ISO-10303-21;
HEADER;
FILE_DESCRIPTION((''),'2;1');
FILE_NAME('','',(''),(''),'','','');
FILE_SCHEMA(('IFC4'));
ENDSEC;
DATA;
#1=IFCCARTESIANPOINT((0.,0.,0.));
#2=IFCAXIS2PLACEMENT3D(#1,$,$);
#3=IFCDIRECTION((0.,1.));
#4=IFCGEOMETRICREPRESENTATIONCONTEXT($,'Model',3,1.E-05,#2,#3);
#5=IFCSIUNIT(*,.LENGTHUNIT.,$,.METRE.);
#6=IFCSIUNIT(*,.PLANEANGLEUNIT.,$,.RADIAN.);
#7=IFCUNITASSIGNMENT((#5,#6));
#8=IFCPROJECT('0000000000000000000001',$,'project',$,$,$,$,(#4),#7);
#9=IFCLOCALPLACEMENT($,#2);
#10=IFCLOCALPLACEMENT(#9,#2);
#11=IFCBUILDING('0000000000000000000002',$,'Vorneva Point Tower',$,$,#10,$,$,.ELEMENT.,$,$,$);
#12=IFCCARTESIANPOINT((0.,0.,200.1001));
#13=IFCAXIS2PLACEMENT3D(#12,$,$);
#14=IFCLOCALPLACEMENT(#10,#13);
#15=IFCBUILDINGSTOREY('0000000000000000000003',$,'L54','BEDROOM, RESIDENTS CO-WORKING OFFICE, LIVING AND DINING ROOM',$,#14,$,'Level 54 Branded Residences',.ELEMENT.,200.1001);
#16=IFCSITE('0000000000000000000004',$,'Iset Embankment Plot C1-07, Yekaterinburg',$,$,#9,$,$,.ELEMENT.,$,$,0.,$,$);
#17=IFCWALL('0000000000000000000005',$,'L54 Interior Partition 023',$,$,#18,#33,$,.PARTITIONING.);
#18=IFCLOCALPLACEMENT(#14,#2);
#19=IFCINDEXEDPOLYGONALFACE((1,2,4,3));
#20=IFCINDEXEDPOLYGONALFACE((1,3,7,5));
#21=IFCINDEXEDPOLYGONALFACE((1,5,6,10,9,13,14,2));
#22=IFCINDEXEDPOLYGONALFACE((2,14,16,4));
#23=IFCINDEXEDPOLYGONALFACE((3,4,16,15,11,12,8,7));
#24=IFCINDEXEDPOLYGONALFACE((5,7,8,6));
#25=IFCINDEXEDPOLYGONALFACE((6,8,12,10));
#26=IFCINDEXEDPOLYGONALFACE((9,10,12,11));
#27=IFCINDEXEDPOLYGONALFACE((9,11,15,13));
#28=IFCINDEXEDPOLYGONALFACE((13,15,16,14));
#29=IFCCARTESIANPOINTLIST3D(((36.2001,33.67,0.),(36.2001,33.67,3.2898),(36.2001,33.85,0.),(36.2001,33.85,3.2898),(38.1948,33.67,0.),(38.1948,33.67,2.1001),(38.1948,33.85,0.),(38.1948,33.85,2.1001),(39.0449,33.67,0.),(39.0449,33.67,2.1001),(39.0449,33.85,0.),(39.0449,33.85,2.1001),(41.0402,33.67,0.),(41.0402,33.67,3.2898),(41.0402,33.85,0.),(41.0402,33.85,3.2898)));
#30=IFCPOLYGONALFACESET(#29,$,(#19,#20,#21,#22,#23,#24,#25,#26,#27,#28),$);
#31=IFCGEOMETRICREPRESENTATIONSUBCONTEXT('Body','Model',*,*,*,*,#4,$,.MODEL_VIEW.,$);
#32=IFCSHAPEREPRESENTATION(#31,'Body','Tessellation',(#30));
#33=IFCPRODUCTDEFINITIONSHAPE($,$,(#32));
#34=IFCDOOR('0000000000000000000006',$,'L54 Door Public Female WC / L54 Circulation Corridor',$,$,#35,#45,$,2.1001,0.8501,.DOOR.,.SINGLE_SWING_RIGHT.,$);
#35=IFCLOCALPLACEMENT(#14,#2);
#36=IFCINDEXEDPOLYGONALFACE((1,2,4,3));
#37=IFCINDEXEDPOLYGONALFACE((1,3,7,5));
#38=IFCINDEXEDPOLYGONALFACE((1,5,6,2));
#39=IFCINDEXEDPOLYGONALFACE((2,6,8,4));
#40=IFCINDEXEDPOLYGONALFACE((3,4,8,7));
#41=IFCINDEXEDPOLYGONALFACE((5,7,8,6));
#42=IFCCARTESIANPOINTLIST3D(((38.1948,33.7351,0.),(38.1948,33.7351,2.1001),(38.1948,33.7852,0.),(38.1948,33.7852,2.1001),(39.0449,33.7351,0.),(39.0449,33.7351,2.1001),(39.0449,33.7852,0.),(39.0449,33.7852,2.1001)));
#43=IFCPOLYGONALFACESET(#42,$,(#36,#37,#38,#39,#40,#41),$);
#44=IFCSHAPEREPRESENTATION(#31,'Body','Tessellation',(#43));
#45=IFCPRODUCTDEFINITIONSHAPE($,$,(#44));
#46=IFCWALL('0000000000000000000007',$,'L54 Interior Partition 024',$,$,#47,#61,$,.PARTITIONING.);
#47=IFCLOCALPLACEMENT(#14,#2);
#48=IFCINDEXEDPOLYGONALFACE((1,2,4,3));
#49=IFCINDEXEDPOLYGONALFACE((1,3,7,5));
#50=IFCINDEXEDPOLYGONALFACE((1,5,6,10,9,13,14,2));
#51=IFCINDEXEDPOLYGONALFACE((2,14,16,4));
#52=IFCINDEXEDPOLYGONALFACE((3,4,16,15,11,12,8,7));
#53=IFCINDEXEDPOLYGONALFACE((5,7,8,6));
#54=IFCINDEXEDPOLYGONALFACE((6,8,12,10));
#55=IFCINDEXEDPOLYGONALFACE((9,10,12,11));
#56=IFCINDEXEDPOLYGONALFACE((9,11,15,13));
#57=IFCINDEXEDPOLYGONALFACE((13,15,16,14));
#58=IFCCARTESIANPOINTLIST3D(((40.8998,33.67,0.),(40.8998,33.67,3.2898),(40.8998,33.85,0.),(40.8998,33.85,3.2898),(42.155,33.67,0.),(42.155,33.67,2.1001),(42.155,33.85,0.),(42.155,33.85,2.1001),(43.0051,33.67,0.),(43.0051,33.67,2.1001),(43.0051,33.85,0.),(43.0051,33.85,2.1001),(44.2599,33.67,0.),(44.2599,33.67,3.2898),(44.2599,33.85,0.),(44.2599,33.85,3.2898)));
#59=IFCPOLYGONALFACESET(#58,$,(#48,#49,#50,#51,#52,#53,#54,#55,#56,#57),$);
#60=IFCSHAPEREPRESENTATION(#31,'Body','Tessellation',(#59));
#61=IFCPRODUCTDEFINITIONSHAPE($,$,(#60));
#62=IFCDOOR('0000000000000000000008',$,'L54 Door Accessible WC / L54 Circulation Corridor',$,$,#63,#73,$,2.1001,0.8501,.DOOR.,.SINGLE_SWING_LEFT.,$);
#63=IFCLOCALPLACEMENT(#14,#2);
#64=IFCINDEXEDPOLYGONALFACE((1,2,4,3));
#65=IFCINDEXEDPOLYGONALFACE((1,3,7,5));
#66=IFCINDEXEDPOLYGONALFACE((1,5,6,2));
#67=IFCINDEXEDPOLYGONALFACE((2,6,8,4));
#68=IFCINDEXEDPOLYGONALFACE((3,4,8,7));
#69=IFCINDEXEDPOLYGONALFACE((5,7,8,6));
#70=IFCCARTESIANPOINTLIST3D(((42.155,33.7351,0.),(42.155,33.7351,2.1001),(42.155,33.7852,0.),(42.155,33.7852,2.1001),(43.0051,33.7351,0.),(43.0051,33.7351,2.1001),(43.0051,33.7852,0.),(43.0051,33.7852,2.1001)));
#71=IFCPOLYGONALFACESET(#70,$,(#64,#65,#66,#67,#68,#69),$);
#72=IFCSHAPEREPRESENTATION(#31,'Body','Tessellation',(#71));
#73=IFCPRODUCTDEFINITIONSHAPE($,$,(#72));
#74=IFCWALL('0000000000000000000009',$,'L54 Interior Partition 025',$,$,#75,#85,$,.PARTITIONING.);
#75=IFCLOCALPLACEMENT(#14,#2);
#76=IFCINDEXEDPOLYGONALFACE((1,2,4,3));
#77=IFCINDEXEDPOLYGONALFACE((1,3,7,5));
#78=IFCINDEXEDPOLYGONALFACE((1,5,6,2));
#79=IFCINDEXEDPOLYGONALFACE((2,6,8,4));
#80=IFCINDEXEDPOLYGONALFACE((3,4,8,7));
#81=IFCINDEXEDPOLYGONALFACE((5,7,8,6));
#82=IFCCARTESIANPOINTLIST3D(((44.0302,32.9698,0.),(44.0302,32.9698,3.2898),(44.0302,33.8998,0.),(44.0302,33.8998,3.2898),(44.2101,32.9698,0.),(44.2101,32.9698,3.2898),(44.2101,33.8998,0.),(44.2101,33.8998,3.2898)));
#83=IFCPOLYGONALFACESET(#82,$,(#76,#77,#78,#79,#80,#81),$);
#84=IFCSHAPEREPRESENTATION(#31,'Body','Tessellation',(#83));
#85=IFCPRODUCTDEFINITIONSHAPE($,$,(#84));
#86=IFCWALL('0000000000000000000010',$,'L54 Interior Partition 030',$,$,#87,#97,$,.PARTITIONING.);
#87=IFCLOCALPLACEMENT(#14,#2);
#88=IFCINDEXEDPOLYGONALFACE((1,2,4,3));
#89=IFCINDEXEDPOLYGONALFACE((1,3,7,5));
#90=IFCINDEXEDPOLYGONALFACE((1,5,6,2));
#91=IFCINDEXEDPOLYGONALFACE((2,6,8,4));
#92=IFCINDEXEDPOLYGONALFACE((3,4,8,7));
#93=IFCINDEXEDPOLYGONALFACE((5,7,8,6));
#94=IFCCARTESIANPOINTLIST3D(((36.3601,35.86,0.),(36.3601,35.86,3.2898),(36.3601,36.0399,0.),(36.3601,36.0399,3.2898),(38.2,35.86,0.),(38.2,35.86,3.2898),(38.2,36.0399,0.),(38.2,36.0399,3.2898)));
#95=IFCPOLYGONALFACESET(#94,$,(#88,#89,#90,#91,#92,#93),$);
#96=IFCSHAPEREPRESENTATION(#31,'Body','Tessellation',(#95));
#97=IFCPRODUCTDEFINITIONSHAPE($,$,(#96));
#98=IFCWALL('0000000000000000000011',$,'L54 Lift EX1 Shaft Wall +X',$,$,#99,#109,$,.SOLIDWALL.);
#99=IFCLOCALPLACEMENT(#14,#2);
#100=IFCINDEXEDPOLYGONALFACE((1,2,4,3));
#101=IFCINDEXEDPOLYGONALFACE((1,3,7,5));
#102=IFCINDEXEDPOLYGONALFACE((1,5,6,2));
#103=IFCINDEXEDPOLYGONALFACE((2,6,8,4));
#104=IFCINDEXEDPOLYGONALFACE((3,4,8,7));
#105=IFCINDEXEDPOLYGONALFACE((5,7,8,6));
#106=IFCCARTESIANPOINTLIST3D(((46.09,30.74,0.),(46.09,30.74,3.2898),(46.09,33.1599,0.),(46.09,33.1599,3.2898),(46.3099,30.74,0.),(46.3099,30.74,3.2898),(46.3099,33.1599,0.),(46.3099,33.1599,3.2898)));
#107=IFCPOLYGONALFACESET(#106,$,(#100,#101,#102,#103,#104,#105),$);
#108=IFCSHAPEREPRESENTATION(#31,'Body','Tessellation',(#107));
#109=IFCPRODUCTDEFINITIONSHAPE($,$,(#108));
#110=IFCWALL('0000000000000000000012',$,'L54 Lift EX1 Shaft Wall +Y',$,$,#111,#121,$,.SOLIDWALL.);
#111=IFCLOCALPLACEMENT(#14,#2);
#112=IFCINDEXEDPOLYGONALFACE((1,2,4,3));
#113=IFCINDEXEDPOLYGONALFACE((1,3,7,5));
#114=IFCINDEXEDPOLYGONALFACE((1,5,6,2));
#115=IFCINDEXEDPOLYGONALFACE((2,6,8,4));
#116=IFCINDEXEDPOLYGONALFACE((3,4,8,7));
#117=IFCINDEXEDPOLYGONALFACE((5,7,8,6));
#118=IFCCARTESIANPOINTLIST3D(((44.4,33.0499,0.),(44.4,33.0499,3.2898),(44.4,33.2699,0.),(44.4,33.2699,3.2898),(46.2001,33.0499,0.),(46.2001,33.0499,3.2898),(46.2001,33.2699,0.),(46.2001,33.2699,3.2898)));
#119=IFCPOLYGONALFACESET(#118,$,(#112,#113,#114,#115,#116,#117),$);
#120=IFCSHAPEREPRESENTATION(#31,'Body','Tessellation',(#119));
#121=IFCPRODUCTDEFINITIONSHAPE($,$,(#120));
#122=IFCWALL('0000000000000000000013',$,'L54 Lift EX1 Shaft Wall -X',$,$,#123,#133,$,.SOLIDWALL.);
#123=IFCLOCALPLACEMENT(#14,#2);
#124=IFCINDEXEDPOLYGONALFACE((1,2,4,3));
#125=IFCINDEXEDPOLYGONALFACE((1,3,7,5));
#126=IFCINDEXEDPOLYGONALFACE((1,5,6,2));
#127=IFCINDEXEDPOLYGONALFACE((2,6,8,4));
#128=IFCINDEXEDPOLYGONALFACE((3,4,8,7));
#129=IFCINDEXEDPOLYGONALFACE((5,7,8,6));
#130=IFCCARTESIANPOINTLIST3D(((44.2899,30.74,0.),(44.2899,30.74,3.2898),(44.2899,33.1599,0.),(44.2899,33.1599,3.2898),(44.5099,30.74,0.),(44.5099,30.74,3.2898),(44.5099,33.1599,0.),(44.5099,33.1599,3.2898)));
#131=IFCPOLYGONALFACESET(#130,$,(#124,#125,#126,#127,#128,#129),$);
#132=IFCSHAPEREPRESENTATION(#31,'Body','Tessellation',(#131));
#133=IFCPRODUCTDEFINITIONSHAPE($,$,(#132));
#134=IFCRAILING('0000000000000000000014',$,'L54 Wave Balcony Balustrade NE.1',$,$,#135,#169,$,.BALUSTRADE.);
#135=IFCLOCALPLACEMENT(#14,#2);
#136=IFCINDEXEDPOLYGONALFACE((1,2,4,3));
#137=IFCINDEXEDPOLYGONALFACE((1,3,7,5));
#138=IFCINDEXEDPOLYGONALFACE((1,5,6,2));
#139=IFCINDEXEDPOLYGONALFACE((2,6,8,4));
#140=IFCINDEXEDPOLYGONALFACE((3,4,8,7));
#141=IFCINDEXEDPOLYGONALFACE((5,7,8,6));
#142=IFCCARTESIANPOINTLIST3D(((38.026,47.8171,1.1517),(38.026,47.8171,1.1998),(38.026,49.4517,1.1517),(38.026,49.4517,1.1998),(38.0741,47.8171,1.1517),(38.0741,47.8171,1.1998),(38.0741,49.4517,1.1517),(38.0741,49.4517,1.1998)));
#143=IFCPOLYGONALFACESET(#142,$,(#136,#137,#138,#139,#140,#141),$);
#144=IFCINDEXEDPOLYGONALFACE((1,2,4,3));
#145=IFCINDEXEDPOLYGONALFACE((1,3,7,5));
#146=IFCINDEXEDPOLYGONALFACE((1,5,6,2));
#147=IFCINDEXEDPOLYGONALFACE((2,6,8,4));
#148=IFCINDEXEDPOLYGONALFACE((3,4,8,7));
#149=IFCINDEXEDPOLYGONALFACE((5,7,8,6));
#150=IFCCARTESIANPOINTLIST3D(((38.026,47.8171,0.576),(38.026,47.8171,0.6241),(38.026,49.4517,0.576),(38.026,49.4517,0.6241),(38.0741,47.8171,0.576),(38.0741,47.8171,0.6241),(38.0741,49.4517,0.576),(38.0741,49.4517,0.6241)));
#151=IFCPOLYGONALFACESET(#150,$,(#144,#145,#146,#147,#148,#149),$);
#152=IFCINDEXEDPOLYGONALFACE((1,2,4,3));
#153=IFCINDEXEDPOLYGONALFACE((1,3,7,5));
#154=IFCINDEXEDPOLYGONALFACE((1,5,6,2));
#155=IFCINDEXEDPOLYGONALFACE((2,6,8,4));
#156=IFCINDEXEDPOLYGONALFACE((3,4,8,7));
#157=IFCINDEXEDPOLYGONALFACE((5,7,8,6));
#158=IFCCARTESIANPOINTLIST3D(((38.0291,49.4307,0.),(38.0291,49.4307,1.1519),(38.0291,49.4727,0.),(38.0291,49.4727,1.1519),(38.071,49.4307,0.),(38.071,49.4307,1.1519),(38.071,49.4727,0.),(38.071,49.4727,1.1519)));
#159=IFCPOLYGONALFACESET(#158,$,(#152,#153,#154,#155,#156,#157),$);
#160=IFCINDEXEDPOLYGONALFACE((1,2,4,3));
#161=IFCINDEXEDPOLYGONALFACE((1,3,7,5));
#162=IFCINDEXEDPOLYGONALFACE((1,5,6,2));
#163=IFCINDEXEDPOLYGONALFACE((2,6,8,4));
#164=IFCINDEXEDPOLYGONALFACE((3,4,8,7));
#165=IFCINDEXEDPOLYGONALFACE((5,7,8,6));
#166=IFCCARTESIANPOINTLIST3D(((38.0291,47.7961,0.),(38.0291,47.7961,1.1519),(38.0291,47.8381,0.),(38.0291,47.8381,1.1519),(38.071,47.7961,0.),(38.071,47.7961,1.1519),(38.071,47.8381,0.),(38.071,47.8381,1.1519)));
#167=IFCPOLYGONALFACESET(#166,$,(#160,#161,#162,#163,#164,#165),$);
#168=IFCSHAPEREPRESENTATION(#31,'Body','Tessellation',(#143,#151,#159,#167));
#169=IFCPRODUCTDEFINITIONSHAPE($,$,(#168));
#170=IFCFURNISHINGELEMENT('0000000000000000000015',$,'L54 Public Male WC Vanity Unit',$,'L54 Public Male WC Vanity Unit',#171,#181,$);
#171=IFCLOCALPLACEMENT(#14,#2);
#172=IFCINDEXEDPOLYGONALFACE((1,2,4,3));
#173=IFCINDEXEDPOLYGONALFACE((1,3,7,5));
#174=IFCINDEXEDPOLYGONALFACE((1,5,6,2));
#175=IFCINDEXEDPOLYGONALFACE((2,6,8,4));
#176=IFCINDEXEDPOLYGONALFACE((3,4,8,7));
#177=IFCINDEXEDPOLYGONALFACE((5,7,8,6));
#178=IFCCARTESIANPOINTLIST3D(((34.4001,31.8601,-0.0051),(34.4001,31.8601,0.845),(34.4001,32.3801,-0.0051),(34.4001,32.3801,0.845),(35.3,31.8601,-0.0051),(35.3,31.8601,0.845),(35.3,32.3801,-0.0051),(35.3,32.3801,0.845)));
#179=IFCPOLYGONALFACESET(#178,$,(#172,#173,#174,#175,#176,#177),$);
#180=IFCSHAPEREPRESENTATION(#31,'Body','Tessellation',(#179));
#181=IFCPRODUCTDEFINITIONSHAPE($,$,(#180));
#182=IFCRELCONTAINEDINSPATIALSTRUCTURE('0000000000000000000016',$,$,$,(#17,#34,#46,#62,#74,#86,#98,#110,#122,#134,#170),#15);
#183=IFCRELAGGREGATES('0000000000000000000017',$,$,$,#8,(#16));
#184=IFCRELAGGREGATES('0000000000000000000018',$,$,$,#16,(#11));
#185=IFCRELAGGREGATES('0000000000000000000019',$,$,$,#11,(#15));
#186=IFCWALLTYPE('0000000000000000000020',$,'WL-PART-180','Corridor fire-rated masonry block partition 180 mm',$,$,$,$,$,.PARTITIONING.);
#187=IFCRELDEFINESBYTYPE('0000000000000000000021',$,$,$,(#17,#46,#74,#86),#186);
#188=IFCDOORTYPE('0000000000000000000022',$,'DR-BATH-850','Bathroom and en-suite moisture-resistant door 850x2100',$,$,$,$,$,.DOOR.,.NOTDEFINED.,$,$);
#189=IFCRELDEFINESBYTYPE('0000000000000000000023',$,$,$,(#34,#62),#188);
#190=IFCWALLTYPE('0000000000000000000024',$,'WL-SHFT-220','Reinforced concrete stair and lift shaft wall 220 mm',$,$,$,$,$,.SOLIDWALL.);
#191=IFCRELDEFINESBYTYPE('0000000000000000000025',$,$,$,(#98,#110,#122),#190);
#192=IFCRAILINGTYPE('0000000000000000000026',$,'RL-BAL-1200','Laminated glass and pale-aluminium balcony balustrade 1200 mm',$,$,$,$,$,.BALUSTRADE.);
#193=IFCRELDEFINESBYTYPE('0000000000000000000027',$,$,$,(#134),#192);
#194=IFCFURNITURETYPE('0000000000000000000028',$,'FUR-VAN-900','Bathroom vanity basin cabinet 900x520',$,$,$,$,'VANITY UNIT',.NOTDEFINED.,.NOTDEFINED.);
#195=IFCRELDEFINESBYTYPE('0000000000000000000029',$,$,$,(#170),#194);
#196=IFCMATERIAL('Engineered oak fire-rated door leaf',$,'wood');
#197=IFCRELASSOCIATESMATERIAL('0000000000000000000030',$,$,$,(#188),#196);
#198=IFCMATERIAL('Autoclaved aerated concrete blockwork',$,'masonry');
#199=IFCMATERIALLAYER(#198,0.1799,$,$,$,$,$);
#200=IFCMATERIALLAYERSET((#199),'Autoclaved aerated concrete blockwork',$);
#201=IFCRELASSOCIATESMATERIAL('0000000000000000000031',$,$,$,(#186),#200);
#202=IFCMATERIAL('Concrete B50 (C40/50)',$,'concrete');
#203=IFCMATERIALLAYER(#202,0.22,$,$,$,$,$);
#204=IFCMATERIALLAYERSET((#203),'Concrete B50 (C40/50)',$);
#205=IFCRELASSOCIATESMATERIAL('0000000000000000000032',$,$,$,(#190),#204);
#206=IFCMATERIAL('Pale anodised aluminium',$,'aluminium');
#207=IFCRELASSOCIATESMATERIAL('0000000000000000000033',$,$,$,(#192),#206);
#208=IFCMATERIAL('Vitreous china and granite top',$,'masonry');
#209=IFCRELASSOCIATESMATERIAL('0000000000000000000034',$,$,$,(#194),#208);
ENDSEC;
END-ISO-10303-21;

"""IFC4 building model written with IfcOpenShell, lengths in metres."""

from ifc_helpers import new_model, si_unit, direction, frame, frame_2d, origin, origin_2d, place, context, subcontext, project, spatial, rectangle, extrude, material, layer, layer_set, type_object, element, fill, save


model = new_model("IFC4")

# Units and contexts
model_context = context("Model", 3, precision=1e-05, world=origin(), true_north=direction((0.0, 1.0)))
body_context = subcontext(model_context, "Body", "Model", "MODEL_VIEW")
ifc_project = project(units=[si_unit("LENGTHUNIT", "METRE"), si_unit("PLANEANGLEUNIT", "RADIAN")], contexts=[model_context])

# Site, building, storey
site_placement = place(None, origin())
site = spatial("IfcSite", under=ifc_project, at=site_placement, Name="Iset Embankment Plot C1-07, Yekaterinburg", CompositionType="ELEMENT", RefElevation=0.0)
building_placement = place(site_placement, origin())
building = spatial("IfcBuilding", under=site, at=building_placement, Name="Vorneva Point Tower", CompositionType="ELEMENT")
storey_placement = place(building_placement, frame((0.0, 0.0, 200.1001)))
storey = spatial("IfcBuildingStorey", under=building, at=storey_placement, Name="L54", Description="BEDROOM, RESIDENTS CO-WORKING OFFICE, LIVING AND DINING ROOM", LongName="Level 54 Branded Residences", CompositionType="ELEMENT", Elevation=200.1001)

# Shared definitions
ifc_material_1 = material(Name="Concrete B50 (C40/50)", Category="concrete")

# Shared definitions
ifc_material_2 = material(Name="Pale anodised aluminium", Category="aluminium")

# Shared definitions
ifc_material_3 = material(Name="Engineered oak fire-rated door leaf", Category="wood")
door_type_1 = type_object("IfcDoorType", Name="DR-BATH-850", Description="Bathroom and en-suite moisture-resistant door 850x2100", OperationType="NOTDEFINED", PredefinedType="DOOR", material=ifc_material_3)

# Walls, openings, doors
ifc_material_4 = material(Name="Autoclaved aerated concrete blockwork", Category="masonry")
ifc_layer_1 = layer(ifc_material_4, 0.1799)
ifc_layer_set_1 = layer_set([ifc_layer_1], Name="Autoclaved aerated concrete blockwork")
wall_type_1 = type_object("IfcWallType", Name="WL-PART-180", Description="Corridor fire-rated masonry block partition 180 mm", PredefinedType="PARTITIONING", material=ifc_layer_set_1)
wall_1_placement = place(storey_placement, frame((41.04, 33.76, 0.0), z_axis=(0.0, 0.0, 1.0), x_axis=(-1.0, 0.0, 0.0)))
wall_1 = element("IfcWall", 1, at=wall_1_placement, inside=storey, type_object=wall_type_1, Name="L54 Interior Partition 023", PredefinedType="PARTITIONING", context=body_context, shape_type="SweptSolid", body=[
    extrude(rectangle(XDim=4.8401, YDim=0.1799, at=frame_2d((2.4199, 0.0))), origin(), (0.0, 0.0, 1.0), 3.2898),
])
opening_1_placement = place(wall_1_placement, frame((1.9951, 0.0, 0.0)))
opening_1 = element("IfcOpeningElement", 2, at=opening_1_placement, cuts=wall_1, PredefinedType="OPENING", context=body_context, shape_type="SweptSolid", body=[
    extrude(rectangle(XDim=0.8501, YDim=2.1001, at=frame_2d((0.425, 1.05))), frame((0.0, 0.105, 0.0), z_axis=(0.0, -1.0, 0.0), x_axis=(1.0, 0.0, 0.0)), (0.0, 0.0, 1.0), 0.2097),
])
door_1_placement = place(opening_1_placement, origin())
door_1 = element("IfcDoor", 3, at=door_1_placement, inside=storey, type_object=door_type_1, Name="L54 Door Public Female WC / L54 Circulation Corridor", OperationType="SINGLE_SWING_RIGHT", OverallHeight=2.1001, OverallWidth=0.8501, PredefinedType="DOOR", context=body_context, shape_type="SweptSolid", body=[
    extrude(rectangle(XDim=0.8501, YDim=2.1001, at=frame_2d((0.425, 1.05))), frame((0.0, 0.0249, 0.0), z_axis=(0.0, -1.0, 0.0), x_axis=(1.0, 0.0, 0.0)), (0.0, 0.0, 1.0), 0.05),
])
fill(opening_1, door_1)
wall_2_placement = place(storey_placement, frame((44.26, 33.76, 0.0), z_axis=(0.0, 0.0, 1.0), x_axis=(-1.0, 0.0, 0.0)))
wall_2 = element("IfcWall", 4, at=wall_2_placement, inside=storey, type_object=wall_type_1, Name="L54 Interior Partition 024", PredefinedType="PARTITIONING", context=body_context, shape_type="SweptSolid", body=[
    extrude(rectangle(XDim=3.3601, YDim=0.1799, at=frame_2d((1.6802, 0.0))), origin(), (0.0, 0.0, 1.0), 3.2898),
])
opening_2_placement = place(wall_2_placement, frame((1.2549, 0.0, 0.0)))
opening_2 = element("IfcOpeningElement", 5, at=opening_2_placement, cuts=wall_2, PredefinedType="OPENING", context=body_context, shape_type="SweptSolid", body=[
    extrude(rectangle(XDim=0.8501, YDim=2.1001, at=frame_2d((0.425, 1.05))), frame((0.0, 0.105, 0.0), z_axis=(0.0, -1.0, 0.0), x_axis=(1.0, 0.0, 0.0)), (0.0, 0.0, 1.0), 0.2097),
])
door_2_placement = place(opening_2_placement, origin())
door_2 = element("IfcDoor", 6, at=door_2_placement, inside=storey, type_object=door_type_1, Name="L54 Door Accessible WC / L54 Circulation Corridor", OperationType="SINGLE_SWING_LEFT", OverallHeight=2.1001, OverallWidth=0.8501, PredefinedType="DOOR", context=body_context, shape_type="SweptSolid", body=[
    extrude(rectangle(XDim=0.8501, YDim=2.1001, at=frame_2d((0.425, 1.05))), frame((0.0, 0.0249, 0.0), z_axis=(0.0, -1.0, 0.0), x_axis=(1.0, 0.0, 0.0)), (0.0, 0.0, 1.0), 0.05),
])
fill(opening_2, door_2)

# Wall
wall_3_placement = place(storey_placement, frame((44.1201, 32.97, 0.0), z_axis=(0.0, 0.0, 1.0), x_axis=(0.0, 1.0, 0.0)))
element("IfcWall", 7, at=wall_3_placement, inside=storey, type_object=wall_type_1, Name="L54 Interior Partition 025", PredefinedType="PARTITIONING", context=body_context, shape_type="SweptSolid", body=[
    extrude(rectangle(XDim=0.9299, YDim=0.1799, at=frame_2d((0.4648, 0.0))), origin(), (0.0, 0.0, 1.0), 3.2898),
])

# Walls
wall_4_placement = place(storey_placement, frame((38.2, 35.95, 0.0), z_axis=(0.0, 0.0, 1.0), x_axis=(-1.0, 0.0, 0.0)))
element("IfcWall", 8, at=wall_4_placement, inside=storey, type_object=wall_type_1, Name="L54 Interior Partition 030", PredefinedType="PARTITIONING", context=body_context, shape_type="SweptSolid", body=[
    extrude(rectangle(XDim=1.8398, YDim=0.1799, at=frame_2d((0.9199, 0.0))), origin(), (0.0, 0.0, 1.0), 3.2898),
])
ifc_layer_2 = layer(ifc_material_1, 0.22)
ifc_layer_set_2 = layer_set([ifc_layer_2], Name="Concrete B50 (C40/50)")
wall_type_2 = type_object("IfcWallType", Name="WL-SHFT-220", Description="Reinforced concrete stair and lift shaft wall 220 mm", PredefinedType="SOLIDWALL", material=ifc_layer_set_2)
wall_5_placement = place(storey_placement, frame((46.2, 30.74, 0.0), z_axis=(0.0, 0.0, 1.0), x_axis=(0.0, 1.0, 0.0)))
element("IfcWall", 9, at=wall_5_placement, inside=storey, type_object=wall_type_2, Name="L54 Lift EX1 Shaft Wall +X", PredefinedType="SOLIDWALL", context=body_context, shape_type="SweptSolid", body=[
    extrude(rectangle(XDim=2.4199, YDim=0.22, at=frame_2d((1.21, 0.0))), origin(), (0.0, 0.0, 1.0), 3.2898),
])
wall_6_placement = place(storey_placement, frame((46.2, 33.1599, 0.0), z_axis=(0.0, 0.0, 1.0), x_axis=(-1.0, 0.0, 0.0)))
element("IfcWall", 10, at=wall_6_placement, inside=storey, type_object=wall_type_2, Name="L54 Lift EX1 Shaft Wall +Y", PredefinedType="SOLIDWALL", context=body_context, shape_type="SweptSolid", body=[
    extrude(rectangle(XDim=1.8, YDim=0.22, at=frame_2d((0.8999, 0.0))), origin(), (0.0, 0.0, 1.0), 3.2898),
])
wall_7_placement = place(storey_placement, frame((44.3999, 33.1599, 0.0), z_axis=(0.0, 0.0, 1.0), x_axis=(0.0, -1.0, 0.0)))
element("IfcWall", 11, at=wall_7_placement, inside=storey, type_object=wall_type_2, Name="L54 Lift EX1 Shaft Wall -X", PredefinedType="SOLIDWALL", context=body_context, shape_type="SweptSolid", body=[
    extrude(rectangle(XDim=2.4199, YDim=0.22, at=frame_2d((1.21, 0.0))), origin(), (0.0, 0.0, 1.0), 3.2898),
])

# Railing
railing_type = type_object("IfcRailingType", Name="RL-BAL-1200", Description="Laminated glass and pale-aluminium balcony balustrade 1200 mm", PredefinedType="BALUSTRADE", material=ifc_material_2)
railing_placement = place(storey_placement, frame((38.05, 49.4517, 0.0)))
element("IfcRailing", 12, at=railing_placement, inside=storey, type_object=railing_type, Name="L54 Wave Balcony Balustrade NE.1", PredefinedType="BALUSTRADE", context=body_context, shape_type="SweptSolid", body=[
    extrude(rectangle(XDim=0.0481, YDim=0.0481, at=origin_2d()), frame((0.0, 0.0, 1.1758), z_axis=(0.0, -1.0, 0.0), x_axis=(1.0, 0.0, 0.0)), (0.0, 0.0, 1.0), 1.6345),
    extrude(rectangle(XDim=0.0481, YDim=0.0481, at=origin_2d()), frame((0.0, 0.0, 0.6001), z_axis=(0.0, -1.0, 0.0), x_axis=(1.0, 0.0, 0.0)), (0.0, 0.0, 1.0), 1.6345),
    extrude(rectangle(XDim=0.042, YDim=0.042, at=origin_2d()), origin(), (0.0, 0.0, 1.0), 1.1519),
    extrude(rectangle(XDim=0.042, YDim=0.042, at=origin_2d()), frame((0.0, -1.6345, 0.0)), (0.0, 0.0, 1.0), 1.1519),
])

# Furnishing element
ifc_material_5 = material(Name="Vitreous china and granite top", Category="masonry")
furniture_type = type_object("IfcFurnitureType", Name="FUR-VAN-900", Description="Bathroom vanity basin cabinet 900x520", ElementType="VANITY UNIT", AssemblyPlace="NOTDEFINED", PredefinedType="NOTDEFINED", material=ifc_material_5)
furnishing_placement = place(storey_placement, frame((34.8501, 32.1201, -0.0051), z_axis=(0.0, 0.0, 1.0), x_axis=(1.0, 0.0, 0.0)))
element("IfcFurnishingElement", 13, at=furnishing_placement, inside=storey, type_object=furniture_type, Name="L54 Public Male WC Vanity Unit", ObjectType="L54 Public Male WC Vanity Unit", context=body_context, shape_type="SweptSolid", body=[
    extrude(rectangle(XDim=0.8999, YDim=0.52, at=origin_2d()), origin(), (0.0, 0.0, 1.0), 0.8501),
])

save(model, "model.ifc")
